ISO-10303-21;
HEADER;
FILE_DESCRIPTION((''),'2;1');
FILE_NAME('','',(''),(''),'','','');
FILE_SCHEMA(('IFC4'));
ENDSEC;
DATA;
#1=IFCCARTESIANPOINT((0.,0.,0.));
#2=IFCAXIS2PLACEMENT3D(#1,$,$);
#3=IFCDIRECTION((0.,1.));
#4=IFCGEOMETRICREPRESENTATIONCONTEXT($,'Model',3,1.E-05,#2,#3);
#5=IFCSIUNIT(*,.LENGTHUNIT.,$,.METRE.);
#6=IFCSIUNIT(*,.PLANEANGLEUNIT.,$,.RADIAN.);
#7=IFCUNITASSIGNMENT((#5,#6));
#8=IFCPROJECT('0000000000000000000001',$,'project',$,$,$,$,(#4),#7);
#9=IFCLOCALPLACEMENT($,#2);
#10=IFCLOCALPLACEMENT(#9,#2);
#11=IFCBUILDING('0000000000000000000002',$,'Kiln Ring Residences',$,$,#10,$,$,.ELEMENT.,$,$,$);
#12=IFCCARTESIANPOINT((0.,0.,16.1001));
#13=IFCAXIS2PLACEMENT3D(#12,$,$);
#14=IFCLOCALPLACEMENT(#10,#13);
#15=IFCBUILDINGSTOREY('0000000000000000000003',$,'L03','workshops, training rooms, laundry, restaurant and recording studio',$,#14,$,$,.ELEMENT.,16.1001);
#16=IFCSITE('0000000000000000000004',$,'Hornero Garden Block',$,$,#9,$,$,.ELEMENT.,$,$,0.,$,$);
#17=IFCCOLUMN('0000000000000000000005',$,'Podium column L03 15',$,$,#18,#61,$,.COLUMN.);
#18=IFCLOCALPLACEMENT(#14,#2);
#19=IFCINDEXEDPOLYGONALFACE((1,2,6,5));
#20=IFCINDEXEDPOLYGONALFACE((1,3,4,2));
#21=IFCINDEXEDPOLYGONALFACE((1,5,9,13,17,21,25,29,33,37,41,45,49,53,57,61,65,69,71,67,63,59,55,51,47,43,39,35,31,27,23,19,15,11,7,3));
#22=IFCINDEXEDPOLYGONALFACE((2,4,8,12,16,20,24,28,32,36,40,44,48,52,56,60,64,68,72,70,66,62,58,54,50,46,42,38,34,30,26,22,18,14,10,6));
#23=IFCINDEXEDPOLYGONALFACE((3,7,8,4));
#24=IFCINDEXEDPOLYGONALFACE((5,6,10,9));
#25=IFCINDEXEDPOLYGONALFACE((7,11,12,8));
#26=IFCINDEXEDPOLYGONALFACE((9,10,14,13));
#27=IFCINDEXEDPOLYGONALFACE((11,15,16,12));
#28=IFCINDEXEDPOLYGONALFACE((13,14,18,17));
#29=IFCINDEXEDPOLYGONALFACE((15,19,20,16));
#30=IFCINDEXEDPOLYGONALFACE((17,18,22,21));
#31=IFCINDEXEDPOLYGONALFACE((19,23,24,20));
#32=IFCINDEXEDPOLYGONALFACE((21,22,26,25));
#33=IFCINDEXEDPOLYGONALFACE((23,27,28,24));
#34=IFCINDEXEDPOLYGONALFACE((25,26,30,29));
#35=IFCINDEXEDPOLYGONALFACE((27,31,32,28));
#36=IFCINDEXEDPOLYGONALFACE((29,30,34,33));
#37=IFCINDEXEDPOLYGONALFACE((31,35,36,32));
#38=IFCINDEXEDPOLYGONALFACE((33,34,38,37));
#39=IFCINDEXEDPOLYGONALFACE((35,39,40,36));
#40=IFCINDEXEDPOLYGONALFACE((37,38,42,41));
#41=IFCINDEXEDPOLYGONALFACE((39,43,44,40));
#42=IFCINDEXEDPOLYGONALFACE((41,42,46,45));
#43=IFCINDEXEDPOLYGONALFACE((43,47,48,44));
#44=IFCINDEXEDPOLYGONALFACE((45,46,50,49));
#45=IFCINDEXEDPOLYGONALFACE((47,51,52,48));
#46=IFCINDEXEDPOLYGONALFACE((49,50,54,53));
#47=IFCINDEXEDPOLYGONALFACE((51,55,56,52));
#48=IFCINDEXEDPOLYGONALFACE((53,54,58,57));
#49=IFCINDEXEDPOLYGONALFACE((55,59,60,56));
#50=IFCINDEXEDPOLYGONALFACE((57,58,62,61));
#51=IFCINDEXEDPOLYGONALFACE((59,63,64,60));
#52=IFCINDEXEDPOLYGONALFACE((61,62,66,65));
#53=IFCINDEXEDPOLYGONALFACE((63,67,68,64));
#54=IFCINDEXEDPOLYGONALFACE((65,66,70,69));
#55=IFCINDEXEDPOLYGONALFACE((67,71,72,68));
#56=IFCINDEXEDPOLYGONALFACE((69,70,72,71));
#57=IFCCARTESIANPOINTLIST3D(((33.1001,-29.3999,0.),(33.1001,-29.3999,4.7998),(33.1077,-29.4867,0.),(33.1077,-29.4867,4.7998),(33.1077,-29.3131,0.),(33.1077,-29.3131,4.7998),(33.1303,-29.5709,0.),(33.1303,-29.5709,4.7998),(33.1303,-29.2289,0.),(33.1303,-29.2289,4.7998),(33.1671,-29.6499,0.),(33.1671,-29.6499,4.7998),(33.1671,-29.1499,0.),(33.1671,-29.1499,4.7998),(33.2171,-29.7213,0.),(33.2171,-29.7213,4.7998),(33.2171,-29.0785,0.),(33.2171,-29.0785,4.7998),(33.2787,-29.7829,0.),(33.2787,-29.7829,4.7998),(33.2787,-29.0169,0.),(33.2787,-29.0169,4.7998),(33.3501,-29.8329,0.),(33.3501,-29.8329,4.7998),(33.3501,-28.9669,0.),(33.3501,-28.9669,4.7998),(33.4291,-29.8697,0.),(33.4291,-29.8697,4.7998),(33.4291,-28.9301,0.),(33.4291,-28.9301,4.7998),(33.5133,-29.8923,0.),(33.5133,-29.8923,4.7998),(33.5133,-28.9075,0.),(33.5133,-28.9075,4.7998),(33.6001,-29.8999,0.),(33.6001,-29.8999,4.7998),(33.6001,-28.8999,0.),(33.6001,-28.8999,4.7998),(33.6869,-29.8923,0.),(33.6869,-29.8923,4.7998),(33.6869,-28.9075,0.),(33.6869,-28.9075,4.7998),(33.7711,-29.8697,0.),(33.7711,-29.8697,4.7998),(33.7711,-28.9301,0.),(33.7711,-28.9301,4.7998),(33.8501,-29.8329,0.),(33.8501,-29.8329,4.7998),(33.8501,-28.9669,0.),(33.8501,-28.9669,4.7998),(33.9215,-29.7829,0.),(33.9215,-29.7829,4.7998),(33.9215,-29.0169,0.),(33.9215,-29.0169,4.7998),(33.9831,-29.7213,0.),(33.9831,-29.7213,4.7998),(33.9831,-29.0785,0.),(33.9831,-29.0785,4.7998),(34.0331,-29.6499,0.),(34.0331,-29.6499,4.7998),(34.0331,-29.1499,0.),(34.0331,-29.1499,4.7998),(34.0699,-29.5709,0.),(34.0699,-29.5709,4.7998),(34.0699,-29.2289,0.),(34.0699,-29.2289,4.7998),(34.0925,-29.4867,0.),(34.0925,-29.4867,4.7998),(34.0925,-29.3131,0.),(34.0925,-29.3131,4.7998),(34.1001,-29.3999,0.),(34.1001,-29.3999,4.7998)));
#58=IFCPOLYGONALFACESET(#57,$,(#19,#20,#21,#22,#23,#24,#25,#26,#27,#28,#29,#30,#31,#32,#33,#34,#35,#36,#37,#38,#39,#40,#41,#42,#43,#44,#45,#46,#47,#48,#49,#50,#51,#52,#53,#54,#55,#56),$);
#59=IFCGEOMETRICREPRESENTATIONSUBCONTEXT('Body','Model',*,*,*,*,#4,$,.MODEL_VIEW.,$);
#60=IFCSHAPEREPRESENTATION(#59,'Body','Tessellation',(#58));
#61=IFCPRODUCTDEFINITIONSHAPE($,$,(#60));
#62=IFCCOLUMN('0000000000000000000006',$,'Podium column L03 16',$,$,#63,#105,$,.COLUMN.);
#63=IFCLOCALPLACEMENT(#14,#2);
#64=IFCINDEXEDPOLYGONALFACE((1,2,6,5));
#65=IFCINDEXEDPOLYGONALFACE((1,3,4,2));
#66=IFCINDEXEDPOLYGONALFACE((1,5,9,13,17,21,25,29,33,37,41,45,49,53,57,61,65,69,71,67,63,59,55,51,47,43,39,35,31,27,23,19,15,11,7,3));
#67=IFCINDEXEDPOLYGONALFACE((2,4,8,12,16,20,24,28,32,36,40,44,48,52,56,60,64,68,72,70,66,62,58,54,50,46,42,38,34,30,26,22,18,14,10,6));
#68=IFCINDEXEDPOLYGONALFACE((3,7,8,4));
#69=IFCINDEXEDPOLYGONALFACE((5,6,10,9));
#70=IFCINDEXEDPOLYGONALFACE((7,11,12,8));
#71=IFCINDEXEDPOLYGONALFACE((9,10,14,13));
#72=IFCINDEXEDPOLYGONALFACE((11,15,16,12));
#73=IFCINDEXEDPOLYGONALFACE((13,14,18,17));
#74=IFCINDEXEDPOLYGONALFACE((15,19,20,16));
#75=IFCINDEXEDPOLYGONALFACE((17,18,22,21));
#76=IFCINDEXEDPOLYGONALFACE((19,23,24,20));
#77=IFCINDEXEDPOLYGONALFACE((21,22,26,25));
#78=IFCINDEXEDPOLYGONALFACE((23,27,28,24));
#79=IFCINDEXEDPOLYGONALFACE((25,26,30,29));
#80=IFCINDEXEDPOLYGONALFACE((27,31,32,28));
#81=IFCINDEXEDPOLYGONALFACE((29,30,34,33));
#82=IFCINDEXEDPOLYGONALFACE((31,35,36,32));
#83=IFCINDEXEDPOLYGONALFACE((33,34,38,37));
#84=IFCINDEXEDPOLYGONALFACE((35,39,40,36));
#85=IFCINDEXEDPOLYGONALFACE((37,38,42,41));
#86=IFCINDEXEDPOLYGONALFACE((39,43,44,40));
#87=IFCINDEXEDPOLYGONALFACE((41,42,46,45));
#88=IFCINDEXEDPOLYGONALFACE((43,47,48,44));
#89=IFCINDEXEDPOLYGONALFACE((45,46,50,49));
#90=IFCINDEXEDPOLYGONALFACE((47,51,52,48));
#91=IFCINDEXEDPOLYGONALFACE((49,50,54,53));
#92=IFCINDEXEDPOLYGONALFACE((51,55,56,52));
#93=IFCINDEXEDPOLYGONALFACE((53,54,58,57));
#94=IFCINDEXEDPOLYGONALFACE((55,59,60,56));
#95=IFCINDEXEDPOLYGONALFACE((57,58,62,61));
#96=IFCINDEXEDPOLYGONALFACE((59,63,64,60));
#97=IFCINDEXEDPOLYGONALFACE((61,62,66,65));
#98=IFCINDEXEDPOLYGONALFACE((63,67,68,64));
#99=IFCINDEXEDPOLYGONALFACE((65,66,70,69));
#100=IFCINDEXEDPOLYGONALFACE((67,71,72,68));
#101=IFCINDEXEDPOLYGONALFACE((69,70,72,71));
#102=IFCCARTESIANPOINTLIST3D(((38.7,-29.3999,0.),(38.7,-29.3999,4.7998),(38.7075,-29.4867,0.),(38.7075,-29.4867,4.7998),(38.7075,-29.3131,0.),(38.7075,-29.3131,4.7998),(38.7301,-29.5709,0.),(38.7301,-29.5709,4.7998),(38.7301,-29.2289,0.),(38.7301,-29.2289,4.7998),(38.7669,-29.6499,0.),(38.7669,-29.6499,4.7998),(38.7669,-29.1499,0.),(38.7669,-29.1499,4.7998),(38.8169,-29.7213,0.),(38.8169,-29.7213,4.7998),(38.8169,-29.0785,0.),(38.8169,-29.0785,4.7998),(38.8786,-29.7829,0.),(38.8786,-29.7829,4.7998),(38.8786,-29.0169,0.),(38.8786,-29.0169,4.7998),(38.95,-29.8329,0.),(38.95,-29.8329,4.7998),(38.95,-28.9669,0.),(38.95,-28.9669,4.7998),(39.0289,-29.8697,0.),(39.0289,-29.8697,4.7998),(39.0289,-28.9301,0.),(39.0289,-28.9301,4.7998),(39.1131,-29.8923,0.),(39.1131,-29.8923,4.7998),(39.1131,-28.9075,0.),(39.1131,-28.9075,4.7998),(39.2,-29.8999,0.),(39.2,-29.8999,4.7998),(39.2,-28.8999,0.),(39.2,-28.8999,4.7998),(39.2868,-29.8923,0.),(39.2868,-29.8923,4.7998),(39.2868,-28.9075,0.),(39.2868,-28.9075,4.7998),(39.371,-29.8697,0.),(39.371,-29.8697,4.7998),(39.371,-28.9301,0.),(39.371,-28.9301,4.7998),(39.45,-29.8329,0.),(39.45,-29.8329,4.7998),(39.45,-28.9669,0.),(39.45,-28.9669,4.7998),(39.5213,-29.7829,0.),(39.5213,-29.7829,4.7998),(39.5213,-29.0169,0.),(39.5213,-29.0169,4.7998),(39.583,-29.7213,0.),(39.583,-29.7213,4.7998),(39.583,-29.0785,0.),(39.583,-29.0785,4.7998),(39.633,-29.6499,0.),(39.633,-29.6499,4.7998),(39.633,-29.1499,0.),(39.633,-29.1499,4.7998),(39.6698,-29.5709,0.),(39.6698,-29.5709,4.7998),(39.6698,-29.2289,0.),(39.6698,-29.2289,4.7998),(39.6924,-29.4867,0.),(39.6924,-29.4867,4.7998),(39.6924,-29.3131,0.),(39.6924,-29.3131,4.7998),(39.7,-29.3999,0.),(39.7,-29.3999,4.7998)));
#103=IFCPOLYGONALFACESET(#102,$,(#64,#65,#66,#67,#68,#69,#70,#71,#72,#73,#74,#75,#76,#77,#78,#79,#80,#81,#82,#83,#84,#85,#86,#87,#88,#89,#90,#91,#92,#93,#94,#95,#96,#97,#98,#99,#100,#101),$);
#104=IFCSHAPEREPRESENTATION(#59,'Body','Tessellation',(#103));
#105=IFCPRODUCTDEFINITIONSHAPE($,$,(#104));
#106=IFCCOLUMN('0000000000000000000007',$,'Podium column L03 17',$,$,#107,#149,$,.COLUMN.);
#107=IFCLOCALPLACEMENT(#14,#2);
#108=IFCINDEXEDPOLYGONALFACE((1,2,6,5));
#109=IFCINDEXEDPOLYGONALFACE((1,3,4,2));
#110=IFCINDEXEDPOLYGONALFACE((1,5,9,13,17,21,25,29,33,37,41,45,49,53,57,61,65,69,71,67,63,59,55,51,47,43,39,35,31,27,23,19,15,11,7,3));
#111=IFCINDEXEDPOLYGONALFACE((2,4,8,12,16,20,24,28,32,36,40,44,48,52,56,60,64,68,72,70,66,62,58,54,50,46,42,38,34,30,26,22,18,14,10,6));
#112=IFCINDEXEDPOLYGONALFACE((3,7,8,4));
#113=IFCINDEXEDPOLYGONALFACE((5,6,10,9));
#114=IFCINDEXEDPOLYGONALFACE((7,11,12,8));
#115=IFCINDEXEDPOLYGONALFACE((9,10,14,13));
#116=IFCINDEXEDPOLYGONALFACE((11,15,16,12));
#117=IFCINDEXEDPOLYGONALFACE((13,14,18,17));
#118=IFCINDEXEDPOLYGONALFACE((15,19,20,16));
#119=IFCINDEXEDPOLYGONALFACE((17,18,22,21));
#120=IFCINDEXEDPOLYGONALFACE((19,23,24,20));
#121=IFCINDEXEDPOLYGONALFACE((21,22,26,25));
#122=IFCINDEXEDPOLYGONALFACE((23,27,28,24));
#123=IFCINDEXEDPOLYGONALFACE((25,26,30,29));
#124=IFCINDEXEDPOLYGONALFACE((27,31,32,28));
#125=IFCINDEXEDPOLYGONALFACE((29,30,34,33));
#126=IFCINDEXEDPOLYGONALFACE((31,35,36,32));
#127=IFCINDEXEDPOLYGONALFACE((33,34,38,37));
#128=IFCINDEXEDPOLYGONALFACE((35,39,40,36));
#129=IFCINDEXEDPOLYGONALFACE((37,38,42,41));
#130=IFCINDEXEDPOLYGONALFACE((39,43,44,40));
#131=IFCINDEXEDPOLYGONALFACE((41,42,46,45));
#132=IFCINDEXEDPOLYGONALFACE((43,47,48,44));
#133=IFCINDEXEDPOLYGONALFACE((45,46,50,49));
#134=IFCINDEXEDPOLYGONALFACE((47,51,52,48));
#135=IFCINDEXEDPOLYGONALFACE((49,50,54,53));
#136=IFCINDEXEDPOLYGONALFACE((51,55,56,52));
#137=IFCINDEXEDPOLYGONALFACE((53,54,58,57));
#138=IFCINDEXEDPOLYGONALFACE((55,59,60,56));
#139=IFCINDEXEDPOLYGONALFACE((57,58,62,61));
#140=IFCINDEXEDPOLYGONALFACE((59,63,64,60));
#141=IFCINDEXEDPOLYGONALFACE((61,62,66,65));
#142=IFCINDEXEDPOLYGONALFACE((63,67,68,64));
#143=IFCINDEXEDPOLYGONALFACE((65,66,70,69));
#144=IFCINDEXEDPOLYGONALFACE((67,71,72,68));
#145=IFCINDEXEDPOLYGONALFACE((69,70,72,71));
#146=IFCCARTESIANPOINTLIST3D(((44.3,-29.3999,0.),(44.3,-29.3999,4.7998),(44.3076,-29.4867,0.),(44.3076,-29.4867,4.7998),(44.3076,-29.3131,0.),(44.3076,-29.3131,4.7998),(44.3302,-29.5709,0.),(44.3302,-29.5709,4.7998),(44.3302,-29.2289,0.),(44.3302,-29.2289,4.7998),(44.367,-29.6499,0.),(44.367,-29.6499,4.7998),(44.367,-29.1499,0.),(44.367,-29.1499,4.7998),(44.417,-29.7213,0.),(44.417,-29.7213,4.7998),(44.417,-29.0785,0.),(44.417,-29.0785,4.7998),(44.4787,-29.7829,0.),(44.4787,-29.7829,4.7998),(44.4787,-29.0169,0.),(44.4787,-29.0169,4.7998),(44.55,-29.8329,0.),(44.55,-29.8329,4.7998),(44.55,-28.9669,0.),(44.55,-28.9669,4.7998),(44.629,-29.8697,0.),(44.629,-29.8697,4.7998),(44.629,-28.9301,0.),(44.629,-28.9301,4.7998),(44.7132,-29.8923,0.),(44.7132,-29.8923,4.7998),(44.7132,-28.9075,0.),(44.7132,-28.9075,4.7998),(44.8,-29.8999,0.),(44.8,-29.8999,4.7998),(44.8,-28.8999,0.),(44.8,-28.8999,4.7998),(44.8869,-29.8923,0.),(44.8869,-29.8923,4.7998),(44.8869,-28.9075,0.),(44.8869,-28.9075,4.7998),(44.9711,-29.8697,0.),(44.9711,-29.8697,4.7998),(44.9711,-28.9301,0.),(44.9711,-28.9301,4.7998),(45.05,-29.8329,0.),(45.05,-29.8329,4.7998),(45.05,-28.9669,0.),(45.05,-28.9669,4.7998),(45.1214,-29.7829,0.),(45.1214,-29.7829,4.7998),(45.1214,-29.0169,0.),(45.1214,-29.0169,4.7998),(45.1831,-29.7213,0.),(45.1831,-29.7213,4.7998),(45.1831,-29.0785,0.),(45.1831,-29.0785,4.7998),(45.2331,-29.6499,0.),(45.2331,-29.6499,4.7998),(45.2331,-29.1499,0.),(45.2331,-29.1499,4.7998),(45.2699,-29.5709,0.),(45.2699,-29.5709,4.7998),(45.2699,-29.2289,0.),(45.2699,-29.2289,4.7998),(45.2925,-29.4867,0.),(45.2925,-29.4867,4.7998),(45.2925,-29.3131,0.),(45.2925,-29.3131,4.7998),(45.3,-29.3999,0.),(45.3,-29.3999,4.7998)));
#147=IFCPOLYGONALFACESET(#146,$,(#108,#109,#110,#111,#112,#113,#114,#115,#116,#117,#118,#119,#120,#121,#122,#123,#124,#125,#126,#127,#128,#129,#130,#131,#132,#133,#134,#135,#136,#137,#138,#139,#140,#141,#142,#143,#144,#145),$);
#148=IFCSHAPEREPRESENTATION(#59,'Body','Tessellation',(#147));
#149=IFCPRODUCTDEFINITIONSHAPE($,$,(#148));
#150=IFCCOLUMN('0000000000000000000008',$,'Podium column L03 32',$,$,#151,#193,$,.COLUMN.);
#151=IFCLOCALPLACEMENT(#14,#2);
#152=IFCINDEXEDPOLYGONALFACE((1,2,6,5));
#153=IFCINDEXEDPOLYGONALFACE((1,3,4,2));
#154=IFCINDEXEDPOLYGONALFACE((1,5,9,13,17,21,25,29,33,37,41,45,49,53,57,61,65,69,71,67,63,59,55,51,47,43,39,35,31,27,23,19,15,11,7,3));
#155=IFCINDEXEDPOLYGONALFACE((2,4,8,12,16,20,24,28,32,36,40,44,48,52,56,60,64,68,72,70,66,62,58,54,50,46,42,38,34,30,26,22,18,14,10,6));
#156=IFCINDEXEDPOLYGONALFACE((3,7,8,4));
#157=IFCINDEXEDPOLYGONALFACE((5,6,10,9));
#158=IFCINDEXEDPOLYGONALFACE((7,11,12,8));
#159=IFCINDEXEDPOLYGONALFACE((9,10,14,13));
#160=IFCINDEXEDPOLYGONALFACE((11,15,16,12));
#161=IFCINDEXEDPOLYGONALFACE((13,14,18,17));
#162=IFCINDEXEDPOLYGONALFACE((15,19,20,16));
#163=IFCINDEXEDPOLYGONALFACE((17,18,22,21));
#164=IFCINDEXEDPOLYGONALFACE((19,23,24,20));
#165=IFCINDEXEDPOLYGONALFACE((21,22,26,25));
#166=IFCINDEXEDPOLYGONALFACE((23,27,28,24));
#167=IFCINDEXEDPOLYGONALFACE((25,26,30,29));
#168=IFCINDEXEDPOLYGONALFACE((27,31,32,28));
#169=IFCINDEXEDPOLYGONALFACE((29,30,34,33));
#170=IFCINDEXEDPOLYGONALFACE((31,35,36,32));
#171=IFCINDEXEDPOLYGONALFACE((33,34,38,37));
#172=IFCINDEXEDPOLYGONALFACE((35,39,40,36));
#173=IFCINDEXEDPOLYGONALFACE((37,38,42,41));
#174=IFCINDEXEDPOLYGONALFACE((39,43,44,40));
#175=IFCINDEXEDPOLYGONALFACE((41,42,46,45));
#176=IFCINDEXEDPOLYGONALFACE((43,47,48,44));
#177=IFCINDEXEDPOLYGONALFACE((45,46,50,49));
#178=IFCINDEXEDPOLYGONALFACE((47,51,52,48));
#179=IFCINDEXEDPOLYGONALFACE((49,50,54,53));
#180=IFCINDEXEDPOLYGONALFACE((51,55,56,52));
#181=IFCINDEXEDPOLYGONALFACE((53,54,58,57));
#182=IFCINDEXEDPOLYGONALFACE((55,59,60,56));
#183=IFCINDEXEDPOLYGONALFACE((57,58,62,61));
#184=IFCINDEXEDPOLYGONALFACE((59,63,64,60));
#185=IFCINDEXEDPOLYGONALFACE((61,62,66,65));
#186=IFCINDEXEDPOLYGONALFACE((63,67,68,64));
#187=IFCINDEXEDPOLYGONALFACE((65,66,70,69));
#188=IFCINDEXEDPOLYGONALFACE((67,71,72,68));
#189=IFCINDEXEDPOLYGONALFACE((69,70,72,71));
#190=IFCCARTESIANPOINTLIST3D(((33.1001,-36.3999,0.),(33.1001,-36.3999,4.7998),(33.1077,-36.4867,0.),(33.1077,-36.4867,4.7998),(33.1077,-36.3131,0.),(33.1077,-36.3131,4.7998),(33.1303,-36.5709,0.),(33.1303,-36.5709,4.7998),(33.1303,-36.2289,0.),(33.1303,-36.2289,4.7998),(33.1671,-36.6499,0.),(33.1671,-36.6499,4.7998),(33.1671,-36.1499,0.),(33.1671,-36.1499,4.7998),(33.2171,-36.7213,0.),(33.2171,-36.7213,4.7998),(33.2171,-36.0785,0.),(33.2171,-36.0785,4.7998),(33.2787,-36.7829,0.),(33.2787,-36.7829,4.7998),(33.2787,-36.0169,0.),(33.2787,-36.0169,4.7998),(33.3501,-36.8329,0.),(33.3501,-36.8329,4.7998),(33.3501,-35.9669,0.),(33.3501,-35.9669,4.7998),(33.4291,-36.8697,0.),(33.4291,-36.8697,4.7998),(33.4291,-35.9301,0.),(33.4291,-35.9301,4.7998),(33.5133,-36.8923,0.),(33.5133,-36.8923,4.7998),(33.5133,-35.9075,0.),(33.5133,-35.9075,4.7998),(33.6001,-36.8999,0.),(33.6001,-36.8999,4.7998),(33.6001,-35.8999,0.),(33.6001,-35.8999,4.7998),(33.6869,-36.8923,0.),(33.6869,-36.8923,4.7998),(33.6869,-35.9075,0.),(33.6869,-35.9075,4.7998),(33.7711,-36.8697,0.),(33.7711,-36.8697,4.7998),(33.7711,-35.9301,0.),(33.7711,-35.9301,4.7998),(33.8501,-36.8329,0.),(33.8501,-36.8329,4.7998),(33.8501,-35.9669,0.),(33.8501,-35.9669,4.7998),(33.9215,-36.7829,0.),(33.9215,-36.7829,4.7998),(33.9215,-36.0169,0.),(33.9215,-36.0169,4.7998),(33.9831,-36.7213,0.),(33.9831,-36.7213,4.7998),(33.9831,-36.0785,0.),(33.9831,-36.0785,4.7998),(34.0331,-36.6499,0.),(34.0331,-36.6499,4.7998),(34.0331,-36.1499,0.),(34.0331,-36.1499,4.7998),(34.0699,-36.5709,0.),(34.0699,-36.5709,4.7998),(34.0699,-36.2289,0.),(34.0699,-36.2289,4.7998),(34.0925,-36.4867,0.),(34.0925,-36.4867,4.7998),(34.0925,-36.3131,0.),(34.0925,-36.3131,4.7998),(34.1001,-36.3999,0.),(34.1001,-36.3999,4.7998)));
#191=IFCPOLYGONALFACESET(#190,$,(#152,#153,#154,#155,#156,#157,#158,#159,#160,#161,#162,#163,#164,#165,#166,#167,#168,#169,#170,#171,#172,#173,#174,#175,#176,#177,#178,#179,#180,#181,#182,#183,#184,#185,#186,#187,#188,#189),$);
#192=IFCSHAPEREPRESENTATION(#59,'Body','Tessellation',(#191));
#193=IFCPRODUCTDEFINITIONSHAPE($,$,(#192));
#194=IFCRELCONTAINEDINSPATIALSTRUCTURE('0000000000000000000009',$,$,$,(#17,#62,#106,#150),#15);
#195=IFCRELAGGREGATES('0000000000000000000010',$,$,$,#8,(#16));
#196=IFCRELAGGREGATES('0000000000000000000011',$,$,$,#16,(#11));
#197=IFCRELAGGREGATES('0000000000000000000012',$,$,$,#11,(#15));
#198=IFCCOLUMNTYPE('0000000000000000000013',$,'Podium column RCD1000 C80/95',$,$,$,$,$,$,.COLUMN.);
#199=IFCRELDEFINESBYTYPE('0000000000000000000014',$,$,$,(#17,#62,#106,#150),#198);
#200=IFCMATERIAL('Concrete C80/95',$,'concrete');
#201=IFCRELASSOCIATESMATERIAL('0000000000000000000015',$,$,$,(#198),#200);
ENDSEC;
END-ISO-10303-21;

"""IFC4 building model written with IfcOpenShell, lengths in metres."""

from ifc_helpers import new_model, si_unit, direction, frame, origin, origin_2d, place, context, subcontext, project, spatial, circle, extrude, material, material_profile, profile_set, type_object, element, save


model = new_model("IFC4")

# Units and contexts
model_context = context("Model", 3, precision=1e-05, world=origin(), true_north=direction((0.0, 1.0)))
body_context = subcontext(model_context, "Body", "Model", "MODEL_VIEW")
ifc_project = project(units=[si_unit("LENGTHUNIT", "METRE"), si_unit("PLANEANGLEUNIT", "RADIAN")], contexts=[model_context])

# Site, building, storey
site_placement = place(None, origin())
site = spatial("IfcSite", under=ifc_project, at=site_placement, Name="Hornero Garden Block", CompositionType="ELEMENT", RefElevation=0.0)
building_placement = place(site_placement, origin())
building = spatial("IfcBuilding", under=site, at=building_placement, Name="Kiln Ring Residences", CompositionType="ELEMENT")
storey_placement = place(building_placement, frame((0.0, 0.0, 16.1001)))
storey = spatial("IfcBuildingStorey", under=building, at=storey_placement, Name="L03", Description="workshops, training rooms, laundry, restaurant and recording studio", CompositionType="ELEMENT", Elevation=16.1001)

# Columns
ifc_material_1 = material(Name="Concrete C80/95", Category="concrete")
ifc_material_profile_1 = material_profile(ifc_material_1, circle(Radius=0.5, at=origin_2d()), Name="RCD1000")
ifc_profile_set_1 = profile_set([ifc_material_profile_1], Name="Concrete C80/95")
column_type = type_object("IfcColumnType", Name="Podium column RCD1000 C80/95", PredefinedType="COLUMN", material=ifc_profile_set_1)
for number, where, z_axis, x_axis, name in (
    (1, (33.6001, -29.3999, 0.0), (0.0, 0.0, 1.0), (1.0, 0.0, 0.0), "Podium column L03 15"),
    (2, (39.2, -29.3999, 0.0), (0.0, 0.0, 1.0), (1.0, 0.0, 0.0), "Podium column L03 16"),
    (3, (44.8, -29.3999, 0.0), (0.0, 0.0, 1.0), (1.0, 0.0, 0.0), "Podium column L03 17"),
    (4, (33.6001, -36.3999, 0.0), (0.0, 0.0, 1.0), (1.0, 0.0, 0.0), "Podium column L03 32"),
):
    element("IfcColumn", number, at=place(storey_placement, frame(where, z_axis=z_axis, x_axis=x_axis)), inside=storey, type_object=column_type, Name=name, PredefinedType="COLUMN", context=body_context, shape_type="SweptSolid", body=[
        extrude(circle(Radius=0.5, at=origin_2d()), origin(), (0.0, 0.0, 1.0), 4.7998),
    ])

save(model, "model.ifc")
